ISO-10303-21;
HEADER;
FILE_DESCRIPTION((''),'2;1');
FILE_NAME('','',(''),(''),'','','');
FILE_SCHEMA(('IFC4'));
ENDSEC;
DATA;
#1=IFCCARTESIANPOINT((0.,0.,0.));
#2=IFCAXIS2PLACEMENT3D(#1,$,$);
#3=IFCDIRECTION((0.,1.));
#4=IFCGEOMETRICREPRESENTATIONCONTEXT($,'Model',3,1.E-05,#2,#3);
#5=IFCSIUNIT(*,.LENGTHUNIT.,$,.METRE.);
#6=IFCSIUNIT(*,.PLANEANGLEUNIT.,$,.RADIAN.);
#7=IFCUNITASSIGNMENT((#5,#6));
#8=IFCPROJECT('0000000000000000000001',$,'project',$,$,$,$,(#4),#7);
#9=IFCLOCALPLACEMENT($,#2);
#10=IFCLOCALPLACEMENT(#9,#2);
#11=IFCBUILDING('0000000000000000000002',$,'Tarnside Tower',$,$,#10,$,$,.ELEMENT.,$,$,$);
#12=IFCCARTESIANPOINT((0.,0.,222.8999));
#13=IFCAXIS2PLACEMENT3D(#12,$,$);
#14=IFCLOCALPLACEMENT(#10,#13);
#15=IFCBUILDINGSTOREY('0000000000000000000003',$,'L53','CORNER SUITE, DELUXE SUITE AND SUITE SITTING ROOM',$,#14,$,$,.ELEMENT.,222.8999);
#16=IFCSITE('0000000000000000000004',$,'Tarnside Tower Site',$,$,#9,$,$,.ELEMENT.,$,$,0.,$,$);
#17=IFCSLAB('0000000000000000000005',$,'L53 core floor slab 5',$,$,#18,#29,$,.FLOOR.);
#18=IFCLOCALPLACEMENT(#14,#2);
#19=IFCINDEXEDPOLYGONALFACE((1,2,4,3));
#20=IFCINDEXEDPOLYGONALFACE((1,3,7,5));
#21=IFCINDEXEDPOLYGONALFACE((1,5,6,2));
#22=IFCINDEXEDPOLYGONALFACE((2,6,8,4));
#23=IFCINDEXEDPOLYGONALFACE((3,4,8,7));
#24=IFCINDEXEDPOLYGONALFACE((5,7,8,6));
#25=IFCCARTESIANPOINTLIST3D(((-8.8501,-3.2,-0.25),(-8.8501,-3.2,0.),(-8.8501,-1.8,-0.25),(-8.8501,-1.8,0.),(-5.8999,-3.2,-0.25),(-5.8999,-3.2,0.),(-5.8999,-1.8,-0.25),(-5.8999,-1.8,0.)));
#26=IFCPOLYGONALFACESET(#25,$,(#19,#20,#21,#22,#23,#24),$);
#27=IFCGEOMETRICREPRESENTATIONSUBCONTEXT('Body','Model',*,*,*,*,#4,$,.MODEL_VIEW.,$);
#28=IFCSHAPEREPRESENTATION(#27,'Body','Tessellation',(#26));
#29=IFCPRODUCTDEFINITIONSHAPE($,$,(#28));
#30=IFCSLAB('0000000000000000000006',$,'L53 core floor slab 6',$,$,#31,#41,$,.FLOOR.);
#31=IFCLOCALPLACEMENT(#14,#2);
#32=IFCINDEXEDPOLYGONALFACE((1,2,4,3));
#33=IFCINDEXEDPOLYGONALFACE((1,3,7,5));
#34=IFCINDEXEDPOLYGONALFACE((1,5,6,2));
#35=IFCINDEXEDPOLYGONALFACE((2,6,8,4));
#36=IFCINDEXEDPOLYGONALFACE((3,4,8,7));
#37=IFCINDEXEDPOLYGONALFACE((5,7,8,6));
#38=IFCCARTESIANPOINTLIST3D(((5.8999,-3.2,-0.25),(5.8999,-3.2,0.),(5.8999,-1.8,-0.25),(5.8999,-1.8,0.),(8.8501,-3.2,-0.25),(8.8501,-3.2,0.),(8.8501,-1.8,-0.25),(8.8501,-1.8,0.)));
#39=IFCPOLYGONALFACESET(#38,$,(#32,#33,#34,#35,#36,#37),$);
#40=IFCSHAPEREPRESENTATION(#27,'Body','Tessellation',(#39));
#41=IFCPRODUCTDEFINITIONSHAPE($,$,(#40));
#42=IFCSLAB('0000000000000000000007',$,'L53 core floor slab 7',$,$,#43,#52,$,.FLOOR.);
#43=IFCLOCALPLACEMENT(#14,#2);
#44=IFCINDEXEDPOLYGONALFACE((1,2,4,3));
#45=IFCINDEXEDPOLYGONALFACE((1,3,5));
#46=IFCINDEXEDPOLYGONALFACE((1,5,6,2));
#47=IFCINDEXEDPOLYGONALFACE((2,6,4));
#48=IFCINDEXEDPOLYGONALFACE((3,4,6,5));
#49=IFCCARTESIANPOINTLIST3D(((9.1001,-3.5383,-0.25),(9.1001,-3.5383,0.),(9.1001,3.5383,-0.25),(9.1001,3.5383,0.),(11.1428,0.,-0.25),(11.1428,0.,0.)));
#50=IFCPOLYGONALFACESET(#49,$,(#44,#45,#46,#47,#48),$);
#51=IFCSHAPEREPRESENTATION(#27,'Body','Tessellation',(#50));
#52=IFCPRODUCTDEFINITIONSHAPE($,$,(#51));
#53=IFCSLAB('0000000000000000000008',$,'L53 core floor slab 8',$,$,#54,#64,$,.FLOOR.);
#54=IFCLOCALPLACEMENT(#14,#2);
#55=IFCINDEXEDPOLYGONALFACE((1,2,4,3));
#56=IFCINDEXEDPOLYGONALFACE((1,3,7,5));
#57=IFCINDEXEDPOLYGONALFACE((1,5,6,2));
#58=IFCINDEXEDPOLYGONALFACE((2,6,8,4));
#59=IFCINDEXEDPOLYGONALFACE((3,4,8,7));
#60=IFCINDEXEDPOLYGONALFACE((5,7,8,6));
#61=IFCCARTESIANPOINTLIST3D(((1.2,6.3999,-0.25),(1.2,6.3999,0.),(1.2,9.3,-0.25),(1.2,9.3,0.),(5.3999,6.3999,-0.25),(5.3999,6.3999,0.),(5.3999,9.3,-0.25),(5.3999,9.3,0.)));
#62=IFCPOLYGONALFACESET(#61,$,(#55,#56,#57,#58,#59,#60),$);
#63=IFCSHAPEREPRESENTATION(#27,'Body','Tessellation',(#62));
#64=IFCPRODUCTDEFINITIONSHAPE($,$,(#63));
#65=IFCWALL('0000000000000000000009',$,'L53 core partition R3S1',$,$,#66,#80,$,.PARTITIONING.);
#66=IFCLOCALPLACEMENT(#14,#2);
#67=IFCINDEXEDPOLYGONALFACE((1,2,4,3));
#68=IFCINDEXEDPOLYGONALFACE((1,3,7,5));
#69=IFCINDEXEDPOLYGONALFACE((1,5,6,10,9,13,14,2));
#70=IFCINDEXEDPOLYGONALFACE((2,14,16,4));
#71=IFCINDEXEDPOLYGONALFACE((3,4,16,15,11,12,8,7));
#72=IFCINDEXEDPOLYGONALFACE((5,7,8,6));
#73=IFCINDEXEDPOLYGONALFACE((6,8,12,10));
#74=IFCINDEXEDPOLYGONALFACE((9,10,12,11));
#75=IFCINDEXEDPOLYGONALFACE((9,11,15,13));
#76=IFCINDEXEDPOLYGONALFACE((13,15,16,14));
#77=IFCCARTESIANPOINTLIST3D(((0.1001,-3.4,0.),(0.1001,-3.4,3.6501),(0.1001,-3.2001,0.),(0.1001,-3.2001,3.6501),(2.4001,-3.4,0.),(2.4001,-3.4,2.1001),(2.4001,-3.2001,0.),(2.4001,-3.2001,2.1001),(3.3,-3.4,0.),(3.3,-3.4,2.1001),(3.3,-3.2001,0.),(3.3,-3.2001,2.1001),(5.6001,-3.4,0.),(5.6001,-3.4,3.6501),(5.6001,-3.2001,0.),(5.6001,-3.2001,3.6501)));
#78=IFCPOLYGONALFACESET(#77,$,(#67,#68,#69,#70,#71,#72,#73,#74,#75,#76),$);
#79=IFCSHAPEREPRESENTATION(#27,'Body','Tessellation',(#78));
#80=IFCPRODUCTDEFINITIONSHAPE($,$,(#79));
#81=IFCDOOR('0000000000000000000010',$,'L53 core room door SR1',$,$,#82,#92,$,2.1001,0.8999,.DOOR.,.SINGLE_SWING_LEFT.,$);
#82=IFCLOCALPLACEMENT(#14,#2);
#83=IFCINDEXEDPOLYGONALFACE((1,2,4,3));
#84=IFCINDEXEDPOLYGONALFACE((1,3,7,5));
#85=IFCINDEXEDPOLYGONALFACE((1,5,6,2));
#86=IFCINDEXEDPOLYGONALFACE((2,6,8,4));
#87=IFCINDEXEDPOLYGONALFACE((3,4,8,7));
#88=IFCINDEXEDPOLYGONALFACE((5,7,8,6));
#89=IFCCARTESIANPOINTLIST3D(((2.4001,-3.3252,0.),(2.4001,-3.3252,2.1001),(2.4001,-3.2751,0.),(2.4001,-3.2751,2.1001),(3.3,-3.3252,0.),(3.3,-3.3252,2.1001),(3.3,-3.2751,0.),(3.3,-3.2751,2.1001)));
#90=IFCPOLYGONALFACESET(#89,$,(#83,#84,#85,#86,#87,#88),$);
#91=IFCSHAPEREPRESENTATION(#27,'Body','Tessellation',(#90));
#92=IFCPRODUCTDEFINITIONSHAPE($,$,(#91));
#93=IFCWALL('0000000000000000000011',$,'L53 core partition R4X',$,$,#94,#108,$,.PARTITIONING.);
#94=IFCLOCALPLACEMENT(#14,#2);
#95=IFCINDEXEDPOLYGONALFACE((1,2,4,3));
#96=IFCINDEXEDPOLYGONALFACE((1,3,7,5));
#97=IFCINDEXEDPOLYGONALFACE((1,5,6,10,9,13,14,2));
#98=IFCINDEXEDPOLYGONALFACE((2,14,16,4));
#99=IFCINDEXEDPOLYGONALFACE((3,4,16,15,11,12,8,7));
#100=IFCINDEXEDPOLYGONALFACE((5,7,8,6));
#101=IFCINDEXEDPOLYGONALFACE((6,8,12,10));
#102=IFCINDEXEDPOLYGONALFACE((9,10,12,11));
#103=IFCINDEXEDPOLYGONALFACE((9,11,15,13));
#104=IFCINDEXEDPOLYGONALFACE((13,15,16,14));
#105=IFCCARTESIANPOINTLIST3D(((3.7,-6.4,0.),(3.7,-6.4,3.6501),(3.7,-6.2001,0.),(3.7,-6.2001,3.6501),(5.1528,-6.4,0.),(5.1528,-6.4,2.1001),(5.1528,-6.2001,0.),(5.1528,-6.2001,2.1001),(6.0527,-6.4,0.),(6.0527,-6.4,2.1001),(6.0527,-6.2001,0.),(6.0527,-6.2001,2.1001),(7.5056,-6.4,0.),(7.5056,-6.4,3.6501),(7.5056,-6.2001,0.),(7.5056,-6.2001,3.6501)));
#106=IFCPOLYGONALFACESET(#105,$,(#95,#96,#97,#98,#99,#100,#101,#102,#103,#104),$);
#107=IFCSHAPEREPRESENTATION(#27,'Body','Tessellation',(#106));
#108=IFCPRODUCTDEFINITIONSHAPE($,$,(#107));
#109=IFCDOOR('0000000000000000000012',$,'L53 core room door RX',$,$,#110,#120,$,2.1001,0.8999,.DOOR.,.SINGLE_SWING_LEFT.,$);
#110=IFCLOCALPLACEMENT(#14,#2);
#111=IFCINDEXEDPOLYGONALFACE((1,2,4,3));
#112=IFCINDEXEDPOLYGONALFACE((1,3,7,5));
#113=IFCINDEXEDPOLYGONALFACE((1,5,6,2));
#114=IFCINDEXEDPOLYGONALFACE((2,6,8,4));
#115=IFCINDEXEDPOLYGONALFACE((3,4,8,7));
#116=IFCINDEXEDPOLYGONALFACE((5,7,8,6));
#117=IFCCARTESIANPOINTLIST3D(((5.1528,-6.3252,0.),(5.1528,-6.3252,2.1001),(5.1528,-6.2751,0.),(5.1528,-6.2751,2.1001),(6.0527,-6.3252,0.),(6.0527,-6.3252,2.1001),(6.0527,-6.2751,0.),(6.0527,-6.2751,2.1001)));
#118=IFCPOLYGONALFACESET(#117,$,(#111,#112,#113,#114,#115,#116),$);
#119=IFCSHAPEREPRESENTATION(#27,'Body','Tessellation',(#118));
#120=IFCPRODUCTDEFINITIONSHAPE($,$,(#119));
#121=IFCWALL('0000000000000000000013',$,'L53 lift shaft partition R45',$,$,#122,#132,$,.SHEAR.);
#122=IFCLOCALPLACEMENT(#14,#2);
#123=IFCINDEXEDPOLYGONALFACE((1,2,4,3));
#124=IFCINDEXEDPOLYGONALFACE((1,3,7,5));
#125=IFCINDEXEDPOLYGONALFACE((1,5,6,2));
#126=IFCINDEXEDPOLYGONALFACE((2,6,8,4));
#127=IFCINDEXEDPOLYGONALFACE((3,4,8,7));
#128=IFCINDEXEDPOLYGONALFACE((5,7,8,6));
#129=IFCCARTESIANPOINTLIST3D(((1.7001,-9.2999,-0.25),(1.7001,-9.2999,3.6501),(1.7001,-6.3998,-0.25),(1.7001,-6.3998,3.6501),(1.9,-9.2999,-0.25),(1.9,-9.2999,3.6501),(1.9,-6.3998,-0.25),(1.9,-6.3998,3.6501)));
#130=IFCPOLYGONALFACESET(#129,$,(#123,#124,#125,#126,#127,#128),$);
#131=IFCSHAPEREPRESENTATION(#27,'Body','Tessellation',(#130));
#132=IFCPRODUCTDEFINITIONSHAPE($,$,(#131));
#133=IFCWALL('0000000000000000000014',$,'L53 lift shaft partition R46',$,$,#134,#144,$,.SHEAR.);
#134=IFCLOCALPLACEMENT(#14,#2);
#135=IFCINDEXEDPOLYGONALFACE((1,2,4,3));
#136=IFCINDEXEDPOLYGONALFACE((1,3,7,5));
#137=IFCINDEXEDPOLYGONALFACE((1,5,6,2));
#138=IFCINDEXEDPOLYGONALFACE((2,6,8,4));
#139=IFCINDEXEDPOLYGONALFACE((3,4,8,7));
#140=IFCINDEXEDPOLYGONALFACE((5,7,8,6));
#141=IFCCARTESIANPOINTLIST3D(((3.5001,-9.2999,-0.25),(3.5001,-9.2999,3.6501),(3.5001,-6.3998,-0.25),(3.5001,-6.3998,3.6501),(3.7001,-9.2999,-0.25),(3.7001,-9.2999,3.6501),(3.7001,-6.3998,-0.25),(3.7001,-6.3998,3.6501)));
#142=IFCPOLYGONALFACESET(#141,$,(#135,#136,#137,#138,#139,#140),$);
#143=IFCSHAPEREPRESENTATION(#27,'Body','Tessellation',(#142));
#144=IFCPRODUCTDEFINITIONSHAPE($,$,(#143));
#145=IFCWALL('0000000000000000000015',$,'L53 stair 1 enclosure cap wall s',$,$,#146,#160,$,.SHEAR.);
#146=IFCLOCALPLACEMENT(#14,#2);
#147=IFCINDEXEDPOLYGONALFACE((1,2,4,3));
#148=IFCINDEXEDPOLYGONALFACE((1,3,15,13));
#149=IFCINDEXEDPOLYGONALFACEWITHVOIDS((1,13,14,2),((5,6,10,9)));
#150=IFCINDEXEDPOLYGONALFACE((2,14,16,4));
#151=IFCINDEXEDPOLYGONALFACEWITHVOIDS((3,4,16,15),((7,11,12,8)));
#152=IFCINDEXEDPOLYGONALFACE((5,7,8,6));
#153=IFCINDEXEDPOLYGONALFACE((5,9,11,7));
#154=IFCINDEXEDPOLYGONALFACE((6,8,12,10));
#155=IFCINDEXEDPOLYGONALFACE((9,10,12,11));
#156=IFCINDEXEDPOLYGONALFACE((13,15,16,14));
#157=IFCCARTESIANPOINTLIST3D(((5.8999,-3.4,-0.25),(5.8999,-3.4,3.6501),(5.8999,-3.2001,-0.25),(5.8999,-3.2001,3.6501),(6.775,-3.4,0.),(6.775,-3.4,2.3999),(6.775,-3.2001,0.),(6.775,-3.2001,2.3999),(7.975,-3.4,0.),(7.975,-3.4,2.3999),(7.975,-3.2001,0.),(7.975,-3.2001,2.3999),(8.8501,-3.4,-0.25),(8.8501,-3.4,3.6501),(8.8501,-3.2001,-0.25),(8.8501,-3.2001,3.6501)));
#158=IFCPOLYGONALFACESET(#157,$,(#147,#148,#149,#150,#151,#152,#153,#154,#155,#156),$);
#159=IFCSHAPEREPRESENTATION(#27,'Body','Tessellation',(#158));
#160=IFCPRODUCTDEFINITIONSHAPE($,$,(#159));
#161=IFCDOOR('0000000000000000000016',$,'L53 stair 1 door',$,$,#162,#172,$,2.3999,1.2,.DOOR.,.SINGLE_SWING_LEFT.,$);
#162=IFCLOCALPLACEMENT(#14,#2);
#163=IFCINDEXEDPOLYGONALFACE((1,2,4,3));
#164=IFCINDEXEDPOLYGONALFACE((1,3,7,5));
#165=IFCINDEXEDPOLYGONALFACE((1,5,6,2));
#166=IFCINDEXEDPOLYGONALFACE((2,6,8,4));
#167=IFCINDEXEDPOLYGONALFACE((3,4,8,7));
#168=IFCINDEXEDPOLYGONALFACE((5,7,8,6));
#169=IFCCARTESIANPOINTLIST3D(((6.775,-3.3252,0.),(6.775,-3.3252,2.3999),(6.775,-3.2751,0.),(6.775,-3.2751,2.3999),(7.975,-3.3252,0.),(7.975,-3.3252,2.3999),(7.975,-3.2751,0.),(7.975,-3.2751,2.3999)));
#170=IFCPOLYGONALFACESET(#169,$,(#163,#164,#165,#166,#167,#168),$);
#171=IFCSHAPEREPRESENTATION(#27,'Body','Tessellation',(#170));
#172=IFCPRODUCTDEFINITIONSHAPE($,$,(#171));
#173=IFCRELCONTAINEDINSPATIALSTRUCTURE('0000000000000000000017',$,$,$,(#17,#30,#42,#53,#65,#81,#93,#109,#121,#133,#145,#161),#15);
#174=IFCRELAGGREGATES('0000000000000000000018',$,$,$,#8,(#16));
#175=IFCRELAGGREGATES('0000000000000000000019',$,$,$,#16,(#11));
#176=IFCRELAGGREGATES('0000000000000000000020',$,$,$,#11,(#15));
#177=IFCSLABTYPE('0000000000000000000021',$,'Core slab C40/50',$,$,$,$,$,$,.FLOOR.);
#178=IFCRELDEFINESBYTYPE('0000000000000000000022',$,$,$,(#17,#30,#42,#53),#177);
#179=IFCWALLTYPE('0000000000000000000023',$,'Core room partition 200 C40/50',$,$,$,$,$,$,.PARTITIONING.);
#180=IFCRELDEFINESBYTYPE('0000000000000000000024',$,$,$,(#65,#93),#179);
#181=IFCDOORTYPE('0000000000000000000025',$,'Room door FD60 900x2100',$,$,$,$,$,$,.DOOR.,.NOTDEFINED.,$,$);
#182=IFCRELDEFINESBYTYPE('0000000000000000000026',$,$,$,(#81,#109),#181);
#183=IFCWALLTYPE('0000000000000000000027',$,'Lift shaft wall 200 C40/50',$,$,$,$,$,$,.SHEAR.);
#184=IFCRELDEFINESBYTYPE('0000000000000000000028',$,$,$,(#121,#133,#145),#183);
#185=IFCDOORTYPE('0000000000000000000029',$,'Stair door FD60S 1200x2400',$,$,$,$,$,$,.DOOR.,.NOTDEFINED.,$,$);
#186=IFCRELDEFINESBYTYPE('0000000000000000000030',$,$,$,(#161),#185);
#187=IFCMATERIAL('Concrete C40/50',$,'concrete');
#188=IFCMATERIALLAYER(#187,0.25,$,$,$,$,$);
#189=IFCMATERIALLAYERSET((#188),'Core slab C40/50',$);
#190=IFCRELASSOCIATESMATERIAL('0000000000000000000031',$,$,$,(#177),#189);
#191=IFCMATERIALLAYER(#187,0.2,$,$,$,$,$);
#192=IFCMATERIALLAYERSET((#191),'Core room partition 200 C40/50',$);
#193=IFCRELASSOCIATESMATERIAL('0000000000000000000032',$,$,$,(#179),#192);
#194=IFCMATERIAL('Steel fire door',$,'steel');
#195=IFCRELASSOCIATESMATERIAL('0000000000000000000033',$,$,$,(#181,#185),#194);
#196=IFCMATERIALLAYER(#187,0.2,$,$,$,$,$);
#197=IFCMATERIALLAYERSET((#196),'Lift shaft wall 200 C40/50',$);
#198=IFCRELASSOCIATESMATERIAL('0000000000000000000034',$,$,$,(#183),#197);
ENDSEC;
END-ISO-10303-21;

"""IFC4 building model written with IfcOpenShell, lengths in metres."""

from ifc_helpers import new_model, si_unit, direction, frame, frame_2d, origin, place, context, subcontext, project, spatial, polyline, rectangle, outline, extrude, material, layer, layer_set, type_object, element, fill, save


model = new_model("IFC4")

# Units and contexts
model_context = context("Model", 3, precision=1e-05, world=origin(), true_north=direction((0.0, 1.0)))
body_context = subcontext(model_context, "Body", "Model", "MODEL_VIEW")
ifc_project = project(units=[si_unit("LENGTHUNIT", "METRE"), si_unit("PLANEANGLEUNIT", "RADIAN")], contexts=[model_context])

# Site, building, storey
site_placement = place(None, origin())
site = spatial("IfcSite", under=ifc_project, at=site_placement, Name="Tarnside Tower Site", CompositionType="ELEMENT", RefElevation=0.0)
building_placement = place(site_placement, origin())
building = spatial("IfcBuilding", under=site, at=building_placement, Name="Tarnside Tower", CompositionType="ELEMENT")
storey_placement = place(building_placement, frame((0.0, 0.0, 222.8999)))
storey = spatial("IfcBuildingStorey", under=building, at=storey_placement, Name="L53", Description="CORNER SUITE, DELUXE SUITE AND SUITE SITTING ROOM", CompositionType="ELEMENT", Elevation=222.8999)

# Slabs
ifc_material_1 = material(Name="Concrete C40/50", Category="concrete")
ifc_layer_1 = layer(ifc_material_1, 0.25)
ifc_layer_set_1 = layer_set([ifc_layer_1], Name="Core slab C40/50")
slab_type = type_object("IfcSlabType", Name="Core slab C40/50", PredefinedType="FLOOR", material=ifc_layer_set_1)
slab_1_placement = place(storey_placement, frame((0.0, 0.0, -0.25)))
element("IfcSlab", 1, at=slab_1_placement, inside=storey, type_object=slab_type, Name="L53 core floor slab 5", PredefinedType="FLOOR", context=body_context, shape_type="SweptSolid", body=[
    extrude(outline(polyline([(-8.8501, -1.8), (-5.8999, -1.8), (-5.8999, -3.2), (-8.8501, -3.2), (-8.8501, -1.8)])), origin(), (0.0, 0.0, 1.0), 0.25),
])
slab_2_placement = place(storey_placement, frame((0.0, 0.0, -0.25)))
element("IfcSlab", 2, at=slab_2_placement, inside=storey, type_object=slab_type, Name="L53 core floor slab 6", PredefinedType="FLOOR", context=body_context, shape_type="SweptSolid", body=[
    extrude(outline(polyline([(5.8999, -3.2), (5.8999, -1.8), (8.8501, -1.8), (8.8501, -3.2), (5.8999, -3.2)])), origin(), (0.0, 0.0, 1.0), 0.25),
])
slab_3_placement = place(storey_placement, frame((0.0, 0.0, -0.25)))
element("IfcSlab", 3, at=slab_3_placement, inside=storey, type_object=slab_type, Name="L53 core floor slab 7", PredefinedType="FLOOR", context=body_context, shape_type="SweptSolid", body=[
    extrude(outline(polyline([(9.1001, -3.5383), (9.1001, 3.5383), (11.1428, 0.0), (9.1001, -3.5383)])), origin(), (0.0, 0.0, 1.0), 0.25),
])
slab_4_placement = place(storey_placement, frame((0.0, 0.0, -0.25)))
element("IfcSlab", 4, at=slab_4_placement, inside=storey, type_object=slab_type, Name="L53 core floor slab 8", PredefinedType="FLOOR", context=body_context, shape_type="SweptSolid", body=[
    extrude(outline(polyline([(5.3999, 9.3), (5.3999, 6.3999), (1.2, 6.3999), (1.2, 9.3), (5.3999, 9.3)])), origin(), (0.0, 0.0, 1.0), 0.25),
])

# Walls, openings, doors
ifc_layer_2 = layer(ifc_material_1, 0.2)
ifc_layer_set_2 = layer_set([ifc_layer_2], Name="Core room partition 200 C40/50")
wall_type_1 = type_object("IfcWallType", Name="Core room partition 200 C40/50", PredefinedType="PARTITIONING", material=ifc_layer_set_2)
wall_1_placement = place(storey_placement, frame((0.1001, -3.3, 0.0), z_axis=(0.0, 0.0, 1.0), x_axis=(1.0, 0.0, 0.0)))
wall_1 = element("IfcWall", 5, at=wall_1_placement, inside=storey, type_object=wall_type_1, Name="L53 core partition R3S1", PredefinedType="PARTITIONING", context=body_context, shape_type="SweptSolid", body=[
    extrude(rectangle(XDim=5.5, YDim=0.2, at=frame_2d((2.75, 0.0))), origin(), (0.0, 0.0, 1.0), 3.6501),
])
opening_1_placement = place(wall_1_placement, frame((2.3, 0.0, 0.0)))
opening_1 = element("IfcOpeningElement", 6, at=opening_1_placement, cuts=wall_1, PredefinedType="OPENING", context=body_context, shape_type="SweptSolid", body=[
    extrude(rectangle(XDim=0.8999, YDim=2.1001, at=frame_2d((0.45, 1.05))), frame((0.0, 0.1099, 0.0), z_axis=(0.0, -1.0, 0.0), x_axis=(1.0, 0.0, 0.0)), (0.0, 0.0, 1.0), 0.22),
])
ifc_material_2 = material(Name="Steel fire door", Category="steel")
door_type_1 = type_object("IfcDoorType", Name="Room door FD60 900x2100", OperationType="NOTDEFINED", PredefinedType="DOOR", material=ifc_material_2)
door_1_placement = place(opening_1_placement, origin())
door_1 = element("IfcDoor", 7, at=door_1_placement, inside=storey, type_object=door_type_1, Name="L53 core room door SR1", OperationType="SINGLE_SWING_LEFT", OverallHeight=2.1001, OverallWidth=0.8999, PredefinedType="DOOR", context=body_context, shape_type="SweptSolid", body=[
    extrude(rectangle(XDim=0.8999, YDim=2.1001, at=frame_2d((0.45, 1.05))), frame((0.0, 0.0249, 0.0), z_axis=(0.0, -1.0, 0.0), x_axis=(1.0, 0.0, 0.0)), (0.0, 0.0, 1.0), 0.05),
])
fill(opening_1, door_1)
wall_2_placement = place(storey_placement, frame((3.7, -6.3, 0.0), z_axis=(0.0, 0.0, 1.0), x_axis=(1.0, 0.0, 0.0)))
wall_2 = element("IfcWall", 8, at=wall_2_placement, inside=storey, type_object=wall_type_1, Name="L53 core partition R4X", PredefinedType="PARTITIONING", context=body_context, shape_type="SweptSolid", body=[
    extrude(rectangle(XDim=3.8057, YDim=0.2, at=frame_2d((1.9028, 0.0))), origin(), (0.0, 0.0, 1.0), 3.6501),
])
opening_2_placement = place(wall_2_placement, frame((1.4529, 0.0, 0.0)))
opening_2 = element("IfcOpeningElement", 9, at=opening_2_placement, cuts=wall_2, PredefinedType="OPENING", context=body_context, shape_type="SweptSolid", body=[
    extrude(rectangle(XDim=0.8999, YDim=2.1001, at=frame_2d((0.45, 1.05))), frame((0.0, 0.1099, 0.0), z_axis=(0.0, -1.0, 0.0), x_axis=(1.0, 0.0, 0.0)), (0.0, 0.0, 1.0), 0.22),
])
door_2_placement = place(opening_2_placement, origin())
door_2 = element("IfcDoor", 10, at=door_2_placement, inside=storey, type_object=door_type_1, Name="L53 core room door RX", OperationType="SINGLE_SWING_LEFT", OverallHeight=2.1001, OverallWidth=0.8999, PredefinedType="DOOR", context=body_context, shape_type="SweptSolid", body=[
    extrude(rectangle(XDim=0.8999, YDim=2.1001, at=frame_2d((0.45, 1.05))), frame((0.0, 0.0249, 0.0), z_axis=(0.0, -1.0, 0.0), x_axis=(1.0, 0.0, 0.0)), (0.0, 0.0, 1.0), 0.05),
])
fill(opening_2, door_2)

# Walls
ifc_layer_3 = layer(ifc_material_1, 0.2)
ifc_layer_set_3 = layer_set([ifc_layer_3], Name="Lift shaft wall 200 C40/50")
wall_type_2 = type_object("IfcWallType", Name="Lift shaft wall 200 C40/50", PredefinedType="SHEAR", material=ifc_layer_set_3)
for number, where, z_axis, x_axis, name in (
    (11, (1.8, -9.3, -0.25), (0.0, 0.0, 1.0), (0.0, 1.0, 0.0), "L53 lift shaft partition R45"),
    (12, (3.6001, -9.3, -0.25), (0.0, 0.0, 1.0), (0.0, 1.0, 0.0), "L53 lift shaft partition R46"),
):
    element("IfcWall", number, at=place(storey_placement, frame(where, z_axis=z_axis, x_axis=x_axis)), inside=storey, type_object=wall_type_2, Name=name, PredefinedType="SHEAR", context=body_context, shape_type="SweptSolid", body=[
        extrude(rectangle(XDim=2.9001, YDim=0.2, at=frame_2d((1.4502, 0.0))), origin(), (0.0, 0.0, 1.0), 3.9001),
    ])

# Wall, opening, door
wall_3_placement = place(storey_placement, frame((5.8999, -3.3, -0.25), z_axis=(0.0, 0.0, 1.0), x_axis=(1.0, 0.0, 0.0)))
wall_3 = element("IfcWall", 13, at=wall_3_placement, inside=storey, type_object=wall_type_2, Name="L53 stair 1 enclosure cap wall s", PredefinedType="SHEAR", context=body_context, shape_type="SweptSolid", body=[
    extrude(rectangle(XDim=2.9502, YDim=0.2, at=frame_2d((1.4751, 0.0))), origin(), (0.0, 0.0, 1.0), 3.9001),
])
opening_3_placement = place(wall_3_placement, frame((0.875, 0.0, 0.25)))
opening_3 = element("IfcOpeningElement", 14, at=opening_3_placement, cuts=wall_3, PredefinedType="OPENING", context=body_context, shape_type="SweptSolid", body=[
    extrude(rectangle(XDim=1.2, YDim=2.3999, at=frame_2d((0.6001, 1.2))), frame((0.0, 0.1099, 0.0), z_axis=(0.0, -1.0, 0.0), x_axis=(1.0, 0.0, 0.0)), (0.0, 0.0, 1.0), 0.22),
])
door_type_2 = type_object("IfcDoorType", Name="Stair door FD60S 1200x2400", OperationType="NOTDEFINED", PredefinedType="DOOR", material=ifc_material_2)
door_3_placement = place(opening_3_placement, origin())
door_3 = element("IfcDoor", 15, at=door_3_placement, inside=storey, type_object=door_type_2, Name="L53 stair 1 door", OperationType="SINGLE_SWING_LEFT", OverallHeight=2.3999, OverallWidth=1.2, PredefinedType="DOOR", context=body_context, shape_type="SweptSolid", body=[
    extrude(rectangle(XDim=1.2, YDim=2.3999, at=frame_2d((0.6001, 1.2))), frame((0.0, 0.0249, 0.0), z_axis=(0.0, -1.0, 0.0), x_axis=(1.0, 0.0, 0.0)), (0.0, 0.0, 1.0), 0.05),
])
fill(opening_3, door_3)

save(model, "model.ifc")
